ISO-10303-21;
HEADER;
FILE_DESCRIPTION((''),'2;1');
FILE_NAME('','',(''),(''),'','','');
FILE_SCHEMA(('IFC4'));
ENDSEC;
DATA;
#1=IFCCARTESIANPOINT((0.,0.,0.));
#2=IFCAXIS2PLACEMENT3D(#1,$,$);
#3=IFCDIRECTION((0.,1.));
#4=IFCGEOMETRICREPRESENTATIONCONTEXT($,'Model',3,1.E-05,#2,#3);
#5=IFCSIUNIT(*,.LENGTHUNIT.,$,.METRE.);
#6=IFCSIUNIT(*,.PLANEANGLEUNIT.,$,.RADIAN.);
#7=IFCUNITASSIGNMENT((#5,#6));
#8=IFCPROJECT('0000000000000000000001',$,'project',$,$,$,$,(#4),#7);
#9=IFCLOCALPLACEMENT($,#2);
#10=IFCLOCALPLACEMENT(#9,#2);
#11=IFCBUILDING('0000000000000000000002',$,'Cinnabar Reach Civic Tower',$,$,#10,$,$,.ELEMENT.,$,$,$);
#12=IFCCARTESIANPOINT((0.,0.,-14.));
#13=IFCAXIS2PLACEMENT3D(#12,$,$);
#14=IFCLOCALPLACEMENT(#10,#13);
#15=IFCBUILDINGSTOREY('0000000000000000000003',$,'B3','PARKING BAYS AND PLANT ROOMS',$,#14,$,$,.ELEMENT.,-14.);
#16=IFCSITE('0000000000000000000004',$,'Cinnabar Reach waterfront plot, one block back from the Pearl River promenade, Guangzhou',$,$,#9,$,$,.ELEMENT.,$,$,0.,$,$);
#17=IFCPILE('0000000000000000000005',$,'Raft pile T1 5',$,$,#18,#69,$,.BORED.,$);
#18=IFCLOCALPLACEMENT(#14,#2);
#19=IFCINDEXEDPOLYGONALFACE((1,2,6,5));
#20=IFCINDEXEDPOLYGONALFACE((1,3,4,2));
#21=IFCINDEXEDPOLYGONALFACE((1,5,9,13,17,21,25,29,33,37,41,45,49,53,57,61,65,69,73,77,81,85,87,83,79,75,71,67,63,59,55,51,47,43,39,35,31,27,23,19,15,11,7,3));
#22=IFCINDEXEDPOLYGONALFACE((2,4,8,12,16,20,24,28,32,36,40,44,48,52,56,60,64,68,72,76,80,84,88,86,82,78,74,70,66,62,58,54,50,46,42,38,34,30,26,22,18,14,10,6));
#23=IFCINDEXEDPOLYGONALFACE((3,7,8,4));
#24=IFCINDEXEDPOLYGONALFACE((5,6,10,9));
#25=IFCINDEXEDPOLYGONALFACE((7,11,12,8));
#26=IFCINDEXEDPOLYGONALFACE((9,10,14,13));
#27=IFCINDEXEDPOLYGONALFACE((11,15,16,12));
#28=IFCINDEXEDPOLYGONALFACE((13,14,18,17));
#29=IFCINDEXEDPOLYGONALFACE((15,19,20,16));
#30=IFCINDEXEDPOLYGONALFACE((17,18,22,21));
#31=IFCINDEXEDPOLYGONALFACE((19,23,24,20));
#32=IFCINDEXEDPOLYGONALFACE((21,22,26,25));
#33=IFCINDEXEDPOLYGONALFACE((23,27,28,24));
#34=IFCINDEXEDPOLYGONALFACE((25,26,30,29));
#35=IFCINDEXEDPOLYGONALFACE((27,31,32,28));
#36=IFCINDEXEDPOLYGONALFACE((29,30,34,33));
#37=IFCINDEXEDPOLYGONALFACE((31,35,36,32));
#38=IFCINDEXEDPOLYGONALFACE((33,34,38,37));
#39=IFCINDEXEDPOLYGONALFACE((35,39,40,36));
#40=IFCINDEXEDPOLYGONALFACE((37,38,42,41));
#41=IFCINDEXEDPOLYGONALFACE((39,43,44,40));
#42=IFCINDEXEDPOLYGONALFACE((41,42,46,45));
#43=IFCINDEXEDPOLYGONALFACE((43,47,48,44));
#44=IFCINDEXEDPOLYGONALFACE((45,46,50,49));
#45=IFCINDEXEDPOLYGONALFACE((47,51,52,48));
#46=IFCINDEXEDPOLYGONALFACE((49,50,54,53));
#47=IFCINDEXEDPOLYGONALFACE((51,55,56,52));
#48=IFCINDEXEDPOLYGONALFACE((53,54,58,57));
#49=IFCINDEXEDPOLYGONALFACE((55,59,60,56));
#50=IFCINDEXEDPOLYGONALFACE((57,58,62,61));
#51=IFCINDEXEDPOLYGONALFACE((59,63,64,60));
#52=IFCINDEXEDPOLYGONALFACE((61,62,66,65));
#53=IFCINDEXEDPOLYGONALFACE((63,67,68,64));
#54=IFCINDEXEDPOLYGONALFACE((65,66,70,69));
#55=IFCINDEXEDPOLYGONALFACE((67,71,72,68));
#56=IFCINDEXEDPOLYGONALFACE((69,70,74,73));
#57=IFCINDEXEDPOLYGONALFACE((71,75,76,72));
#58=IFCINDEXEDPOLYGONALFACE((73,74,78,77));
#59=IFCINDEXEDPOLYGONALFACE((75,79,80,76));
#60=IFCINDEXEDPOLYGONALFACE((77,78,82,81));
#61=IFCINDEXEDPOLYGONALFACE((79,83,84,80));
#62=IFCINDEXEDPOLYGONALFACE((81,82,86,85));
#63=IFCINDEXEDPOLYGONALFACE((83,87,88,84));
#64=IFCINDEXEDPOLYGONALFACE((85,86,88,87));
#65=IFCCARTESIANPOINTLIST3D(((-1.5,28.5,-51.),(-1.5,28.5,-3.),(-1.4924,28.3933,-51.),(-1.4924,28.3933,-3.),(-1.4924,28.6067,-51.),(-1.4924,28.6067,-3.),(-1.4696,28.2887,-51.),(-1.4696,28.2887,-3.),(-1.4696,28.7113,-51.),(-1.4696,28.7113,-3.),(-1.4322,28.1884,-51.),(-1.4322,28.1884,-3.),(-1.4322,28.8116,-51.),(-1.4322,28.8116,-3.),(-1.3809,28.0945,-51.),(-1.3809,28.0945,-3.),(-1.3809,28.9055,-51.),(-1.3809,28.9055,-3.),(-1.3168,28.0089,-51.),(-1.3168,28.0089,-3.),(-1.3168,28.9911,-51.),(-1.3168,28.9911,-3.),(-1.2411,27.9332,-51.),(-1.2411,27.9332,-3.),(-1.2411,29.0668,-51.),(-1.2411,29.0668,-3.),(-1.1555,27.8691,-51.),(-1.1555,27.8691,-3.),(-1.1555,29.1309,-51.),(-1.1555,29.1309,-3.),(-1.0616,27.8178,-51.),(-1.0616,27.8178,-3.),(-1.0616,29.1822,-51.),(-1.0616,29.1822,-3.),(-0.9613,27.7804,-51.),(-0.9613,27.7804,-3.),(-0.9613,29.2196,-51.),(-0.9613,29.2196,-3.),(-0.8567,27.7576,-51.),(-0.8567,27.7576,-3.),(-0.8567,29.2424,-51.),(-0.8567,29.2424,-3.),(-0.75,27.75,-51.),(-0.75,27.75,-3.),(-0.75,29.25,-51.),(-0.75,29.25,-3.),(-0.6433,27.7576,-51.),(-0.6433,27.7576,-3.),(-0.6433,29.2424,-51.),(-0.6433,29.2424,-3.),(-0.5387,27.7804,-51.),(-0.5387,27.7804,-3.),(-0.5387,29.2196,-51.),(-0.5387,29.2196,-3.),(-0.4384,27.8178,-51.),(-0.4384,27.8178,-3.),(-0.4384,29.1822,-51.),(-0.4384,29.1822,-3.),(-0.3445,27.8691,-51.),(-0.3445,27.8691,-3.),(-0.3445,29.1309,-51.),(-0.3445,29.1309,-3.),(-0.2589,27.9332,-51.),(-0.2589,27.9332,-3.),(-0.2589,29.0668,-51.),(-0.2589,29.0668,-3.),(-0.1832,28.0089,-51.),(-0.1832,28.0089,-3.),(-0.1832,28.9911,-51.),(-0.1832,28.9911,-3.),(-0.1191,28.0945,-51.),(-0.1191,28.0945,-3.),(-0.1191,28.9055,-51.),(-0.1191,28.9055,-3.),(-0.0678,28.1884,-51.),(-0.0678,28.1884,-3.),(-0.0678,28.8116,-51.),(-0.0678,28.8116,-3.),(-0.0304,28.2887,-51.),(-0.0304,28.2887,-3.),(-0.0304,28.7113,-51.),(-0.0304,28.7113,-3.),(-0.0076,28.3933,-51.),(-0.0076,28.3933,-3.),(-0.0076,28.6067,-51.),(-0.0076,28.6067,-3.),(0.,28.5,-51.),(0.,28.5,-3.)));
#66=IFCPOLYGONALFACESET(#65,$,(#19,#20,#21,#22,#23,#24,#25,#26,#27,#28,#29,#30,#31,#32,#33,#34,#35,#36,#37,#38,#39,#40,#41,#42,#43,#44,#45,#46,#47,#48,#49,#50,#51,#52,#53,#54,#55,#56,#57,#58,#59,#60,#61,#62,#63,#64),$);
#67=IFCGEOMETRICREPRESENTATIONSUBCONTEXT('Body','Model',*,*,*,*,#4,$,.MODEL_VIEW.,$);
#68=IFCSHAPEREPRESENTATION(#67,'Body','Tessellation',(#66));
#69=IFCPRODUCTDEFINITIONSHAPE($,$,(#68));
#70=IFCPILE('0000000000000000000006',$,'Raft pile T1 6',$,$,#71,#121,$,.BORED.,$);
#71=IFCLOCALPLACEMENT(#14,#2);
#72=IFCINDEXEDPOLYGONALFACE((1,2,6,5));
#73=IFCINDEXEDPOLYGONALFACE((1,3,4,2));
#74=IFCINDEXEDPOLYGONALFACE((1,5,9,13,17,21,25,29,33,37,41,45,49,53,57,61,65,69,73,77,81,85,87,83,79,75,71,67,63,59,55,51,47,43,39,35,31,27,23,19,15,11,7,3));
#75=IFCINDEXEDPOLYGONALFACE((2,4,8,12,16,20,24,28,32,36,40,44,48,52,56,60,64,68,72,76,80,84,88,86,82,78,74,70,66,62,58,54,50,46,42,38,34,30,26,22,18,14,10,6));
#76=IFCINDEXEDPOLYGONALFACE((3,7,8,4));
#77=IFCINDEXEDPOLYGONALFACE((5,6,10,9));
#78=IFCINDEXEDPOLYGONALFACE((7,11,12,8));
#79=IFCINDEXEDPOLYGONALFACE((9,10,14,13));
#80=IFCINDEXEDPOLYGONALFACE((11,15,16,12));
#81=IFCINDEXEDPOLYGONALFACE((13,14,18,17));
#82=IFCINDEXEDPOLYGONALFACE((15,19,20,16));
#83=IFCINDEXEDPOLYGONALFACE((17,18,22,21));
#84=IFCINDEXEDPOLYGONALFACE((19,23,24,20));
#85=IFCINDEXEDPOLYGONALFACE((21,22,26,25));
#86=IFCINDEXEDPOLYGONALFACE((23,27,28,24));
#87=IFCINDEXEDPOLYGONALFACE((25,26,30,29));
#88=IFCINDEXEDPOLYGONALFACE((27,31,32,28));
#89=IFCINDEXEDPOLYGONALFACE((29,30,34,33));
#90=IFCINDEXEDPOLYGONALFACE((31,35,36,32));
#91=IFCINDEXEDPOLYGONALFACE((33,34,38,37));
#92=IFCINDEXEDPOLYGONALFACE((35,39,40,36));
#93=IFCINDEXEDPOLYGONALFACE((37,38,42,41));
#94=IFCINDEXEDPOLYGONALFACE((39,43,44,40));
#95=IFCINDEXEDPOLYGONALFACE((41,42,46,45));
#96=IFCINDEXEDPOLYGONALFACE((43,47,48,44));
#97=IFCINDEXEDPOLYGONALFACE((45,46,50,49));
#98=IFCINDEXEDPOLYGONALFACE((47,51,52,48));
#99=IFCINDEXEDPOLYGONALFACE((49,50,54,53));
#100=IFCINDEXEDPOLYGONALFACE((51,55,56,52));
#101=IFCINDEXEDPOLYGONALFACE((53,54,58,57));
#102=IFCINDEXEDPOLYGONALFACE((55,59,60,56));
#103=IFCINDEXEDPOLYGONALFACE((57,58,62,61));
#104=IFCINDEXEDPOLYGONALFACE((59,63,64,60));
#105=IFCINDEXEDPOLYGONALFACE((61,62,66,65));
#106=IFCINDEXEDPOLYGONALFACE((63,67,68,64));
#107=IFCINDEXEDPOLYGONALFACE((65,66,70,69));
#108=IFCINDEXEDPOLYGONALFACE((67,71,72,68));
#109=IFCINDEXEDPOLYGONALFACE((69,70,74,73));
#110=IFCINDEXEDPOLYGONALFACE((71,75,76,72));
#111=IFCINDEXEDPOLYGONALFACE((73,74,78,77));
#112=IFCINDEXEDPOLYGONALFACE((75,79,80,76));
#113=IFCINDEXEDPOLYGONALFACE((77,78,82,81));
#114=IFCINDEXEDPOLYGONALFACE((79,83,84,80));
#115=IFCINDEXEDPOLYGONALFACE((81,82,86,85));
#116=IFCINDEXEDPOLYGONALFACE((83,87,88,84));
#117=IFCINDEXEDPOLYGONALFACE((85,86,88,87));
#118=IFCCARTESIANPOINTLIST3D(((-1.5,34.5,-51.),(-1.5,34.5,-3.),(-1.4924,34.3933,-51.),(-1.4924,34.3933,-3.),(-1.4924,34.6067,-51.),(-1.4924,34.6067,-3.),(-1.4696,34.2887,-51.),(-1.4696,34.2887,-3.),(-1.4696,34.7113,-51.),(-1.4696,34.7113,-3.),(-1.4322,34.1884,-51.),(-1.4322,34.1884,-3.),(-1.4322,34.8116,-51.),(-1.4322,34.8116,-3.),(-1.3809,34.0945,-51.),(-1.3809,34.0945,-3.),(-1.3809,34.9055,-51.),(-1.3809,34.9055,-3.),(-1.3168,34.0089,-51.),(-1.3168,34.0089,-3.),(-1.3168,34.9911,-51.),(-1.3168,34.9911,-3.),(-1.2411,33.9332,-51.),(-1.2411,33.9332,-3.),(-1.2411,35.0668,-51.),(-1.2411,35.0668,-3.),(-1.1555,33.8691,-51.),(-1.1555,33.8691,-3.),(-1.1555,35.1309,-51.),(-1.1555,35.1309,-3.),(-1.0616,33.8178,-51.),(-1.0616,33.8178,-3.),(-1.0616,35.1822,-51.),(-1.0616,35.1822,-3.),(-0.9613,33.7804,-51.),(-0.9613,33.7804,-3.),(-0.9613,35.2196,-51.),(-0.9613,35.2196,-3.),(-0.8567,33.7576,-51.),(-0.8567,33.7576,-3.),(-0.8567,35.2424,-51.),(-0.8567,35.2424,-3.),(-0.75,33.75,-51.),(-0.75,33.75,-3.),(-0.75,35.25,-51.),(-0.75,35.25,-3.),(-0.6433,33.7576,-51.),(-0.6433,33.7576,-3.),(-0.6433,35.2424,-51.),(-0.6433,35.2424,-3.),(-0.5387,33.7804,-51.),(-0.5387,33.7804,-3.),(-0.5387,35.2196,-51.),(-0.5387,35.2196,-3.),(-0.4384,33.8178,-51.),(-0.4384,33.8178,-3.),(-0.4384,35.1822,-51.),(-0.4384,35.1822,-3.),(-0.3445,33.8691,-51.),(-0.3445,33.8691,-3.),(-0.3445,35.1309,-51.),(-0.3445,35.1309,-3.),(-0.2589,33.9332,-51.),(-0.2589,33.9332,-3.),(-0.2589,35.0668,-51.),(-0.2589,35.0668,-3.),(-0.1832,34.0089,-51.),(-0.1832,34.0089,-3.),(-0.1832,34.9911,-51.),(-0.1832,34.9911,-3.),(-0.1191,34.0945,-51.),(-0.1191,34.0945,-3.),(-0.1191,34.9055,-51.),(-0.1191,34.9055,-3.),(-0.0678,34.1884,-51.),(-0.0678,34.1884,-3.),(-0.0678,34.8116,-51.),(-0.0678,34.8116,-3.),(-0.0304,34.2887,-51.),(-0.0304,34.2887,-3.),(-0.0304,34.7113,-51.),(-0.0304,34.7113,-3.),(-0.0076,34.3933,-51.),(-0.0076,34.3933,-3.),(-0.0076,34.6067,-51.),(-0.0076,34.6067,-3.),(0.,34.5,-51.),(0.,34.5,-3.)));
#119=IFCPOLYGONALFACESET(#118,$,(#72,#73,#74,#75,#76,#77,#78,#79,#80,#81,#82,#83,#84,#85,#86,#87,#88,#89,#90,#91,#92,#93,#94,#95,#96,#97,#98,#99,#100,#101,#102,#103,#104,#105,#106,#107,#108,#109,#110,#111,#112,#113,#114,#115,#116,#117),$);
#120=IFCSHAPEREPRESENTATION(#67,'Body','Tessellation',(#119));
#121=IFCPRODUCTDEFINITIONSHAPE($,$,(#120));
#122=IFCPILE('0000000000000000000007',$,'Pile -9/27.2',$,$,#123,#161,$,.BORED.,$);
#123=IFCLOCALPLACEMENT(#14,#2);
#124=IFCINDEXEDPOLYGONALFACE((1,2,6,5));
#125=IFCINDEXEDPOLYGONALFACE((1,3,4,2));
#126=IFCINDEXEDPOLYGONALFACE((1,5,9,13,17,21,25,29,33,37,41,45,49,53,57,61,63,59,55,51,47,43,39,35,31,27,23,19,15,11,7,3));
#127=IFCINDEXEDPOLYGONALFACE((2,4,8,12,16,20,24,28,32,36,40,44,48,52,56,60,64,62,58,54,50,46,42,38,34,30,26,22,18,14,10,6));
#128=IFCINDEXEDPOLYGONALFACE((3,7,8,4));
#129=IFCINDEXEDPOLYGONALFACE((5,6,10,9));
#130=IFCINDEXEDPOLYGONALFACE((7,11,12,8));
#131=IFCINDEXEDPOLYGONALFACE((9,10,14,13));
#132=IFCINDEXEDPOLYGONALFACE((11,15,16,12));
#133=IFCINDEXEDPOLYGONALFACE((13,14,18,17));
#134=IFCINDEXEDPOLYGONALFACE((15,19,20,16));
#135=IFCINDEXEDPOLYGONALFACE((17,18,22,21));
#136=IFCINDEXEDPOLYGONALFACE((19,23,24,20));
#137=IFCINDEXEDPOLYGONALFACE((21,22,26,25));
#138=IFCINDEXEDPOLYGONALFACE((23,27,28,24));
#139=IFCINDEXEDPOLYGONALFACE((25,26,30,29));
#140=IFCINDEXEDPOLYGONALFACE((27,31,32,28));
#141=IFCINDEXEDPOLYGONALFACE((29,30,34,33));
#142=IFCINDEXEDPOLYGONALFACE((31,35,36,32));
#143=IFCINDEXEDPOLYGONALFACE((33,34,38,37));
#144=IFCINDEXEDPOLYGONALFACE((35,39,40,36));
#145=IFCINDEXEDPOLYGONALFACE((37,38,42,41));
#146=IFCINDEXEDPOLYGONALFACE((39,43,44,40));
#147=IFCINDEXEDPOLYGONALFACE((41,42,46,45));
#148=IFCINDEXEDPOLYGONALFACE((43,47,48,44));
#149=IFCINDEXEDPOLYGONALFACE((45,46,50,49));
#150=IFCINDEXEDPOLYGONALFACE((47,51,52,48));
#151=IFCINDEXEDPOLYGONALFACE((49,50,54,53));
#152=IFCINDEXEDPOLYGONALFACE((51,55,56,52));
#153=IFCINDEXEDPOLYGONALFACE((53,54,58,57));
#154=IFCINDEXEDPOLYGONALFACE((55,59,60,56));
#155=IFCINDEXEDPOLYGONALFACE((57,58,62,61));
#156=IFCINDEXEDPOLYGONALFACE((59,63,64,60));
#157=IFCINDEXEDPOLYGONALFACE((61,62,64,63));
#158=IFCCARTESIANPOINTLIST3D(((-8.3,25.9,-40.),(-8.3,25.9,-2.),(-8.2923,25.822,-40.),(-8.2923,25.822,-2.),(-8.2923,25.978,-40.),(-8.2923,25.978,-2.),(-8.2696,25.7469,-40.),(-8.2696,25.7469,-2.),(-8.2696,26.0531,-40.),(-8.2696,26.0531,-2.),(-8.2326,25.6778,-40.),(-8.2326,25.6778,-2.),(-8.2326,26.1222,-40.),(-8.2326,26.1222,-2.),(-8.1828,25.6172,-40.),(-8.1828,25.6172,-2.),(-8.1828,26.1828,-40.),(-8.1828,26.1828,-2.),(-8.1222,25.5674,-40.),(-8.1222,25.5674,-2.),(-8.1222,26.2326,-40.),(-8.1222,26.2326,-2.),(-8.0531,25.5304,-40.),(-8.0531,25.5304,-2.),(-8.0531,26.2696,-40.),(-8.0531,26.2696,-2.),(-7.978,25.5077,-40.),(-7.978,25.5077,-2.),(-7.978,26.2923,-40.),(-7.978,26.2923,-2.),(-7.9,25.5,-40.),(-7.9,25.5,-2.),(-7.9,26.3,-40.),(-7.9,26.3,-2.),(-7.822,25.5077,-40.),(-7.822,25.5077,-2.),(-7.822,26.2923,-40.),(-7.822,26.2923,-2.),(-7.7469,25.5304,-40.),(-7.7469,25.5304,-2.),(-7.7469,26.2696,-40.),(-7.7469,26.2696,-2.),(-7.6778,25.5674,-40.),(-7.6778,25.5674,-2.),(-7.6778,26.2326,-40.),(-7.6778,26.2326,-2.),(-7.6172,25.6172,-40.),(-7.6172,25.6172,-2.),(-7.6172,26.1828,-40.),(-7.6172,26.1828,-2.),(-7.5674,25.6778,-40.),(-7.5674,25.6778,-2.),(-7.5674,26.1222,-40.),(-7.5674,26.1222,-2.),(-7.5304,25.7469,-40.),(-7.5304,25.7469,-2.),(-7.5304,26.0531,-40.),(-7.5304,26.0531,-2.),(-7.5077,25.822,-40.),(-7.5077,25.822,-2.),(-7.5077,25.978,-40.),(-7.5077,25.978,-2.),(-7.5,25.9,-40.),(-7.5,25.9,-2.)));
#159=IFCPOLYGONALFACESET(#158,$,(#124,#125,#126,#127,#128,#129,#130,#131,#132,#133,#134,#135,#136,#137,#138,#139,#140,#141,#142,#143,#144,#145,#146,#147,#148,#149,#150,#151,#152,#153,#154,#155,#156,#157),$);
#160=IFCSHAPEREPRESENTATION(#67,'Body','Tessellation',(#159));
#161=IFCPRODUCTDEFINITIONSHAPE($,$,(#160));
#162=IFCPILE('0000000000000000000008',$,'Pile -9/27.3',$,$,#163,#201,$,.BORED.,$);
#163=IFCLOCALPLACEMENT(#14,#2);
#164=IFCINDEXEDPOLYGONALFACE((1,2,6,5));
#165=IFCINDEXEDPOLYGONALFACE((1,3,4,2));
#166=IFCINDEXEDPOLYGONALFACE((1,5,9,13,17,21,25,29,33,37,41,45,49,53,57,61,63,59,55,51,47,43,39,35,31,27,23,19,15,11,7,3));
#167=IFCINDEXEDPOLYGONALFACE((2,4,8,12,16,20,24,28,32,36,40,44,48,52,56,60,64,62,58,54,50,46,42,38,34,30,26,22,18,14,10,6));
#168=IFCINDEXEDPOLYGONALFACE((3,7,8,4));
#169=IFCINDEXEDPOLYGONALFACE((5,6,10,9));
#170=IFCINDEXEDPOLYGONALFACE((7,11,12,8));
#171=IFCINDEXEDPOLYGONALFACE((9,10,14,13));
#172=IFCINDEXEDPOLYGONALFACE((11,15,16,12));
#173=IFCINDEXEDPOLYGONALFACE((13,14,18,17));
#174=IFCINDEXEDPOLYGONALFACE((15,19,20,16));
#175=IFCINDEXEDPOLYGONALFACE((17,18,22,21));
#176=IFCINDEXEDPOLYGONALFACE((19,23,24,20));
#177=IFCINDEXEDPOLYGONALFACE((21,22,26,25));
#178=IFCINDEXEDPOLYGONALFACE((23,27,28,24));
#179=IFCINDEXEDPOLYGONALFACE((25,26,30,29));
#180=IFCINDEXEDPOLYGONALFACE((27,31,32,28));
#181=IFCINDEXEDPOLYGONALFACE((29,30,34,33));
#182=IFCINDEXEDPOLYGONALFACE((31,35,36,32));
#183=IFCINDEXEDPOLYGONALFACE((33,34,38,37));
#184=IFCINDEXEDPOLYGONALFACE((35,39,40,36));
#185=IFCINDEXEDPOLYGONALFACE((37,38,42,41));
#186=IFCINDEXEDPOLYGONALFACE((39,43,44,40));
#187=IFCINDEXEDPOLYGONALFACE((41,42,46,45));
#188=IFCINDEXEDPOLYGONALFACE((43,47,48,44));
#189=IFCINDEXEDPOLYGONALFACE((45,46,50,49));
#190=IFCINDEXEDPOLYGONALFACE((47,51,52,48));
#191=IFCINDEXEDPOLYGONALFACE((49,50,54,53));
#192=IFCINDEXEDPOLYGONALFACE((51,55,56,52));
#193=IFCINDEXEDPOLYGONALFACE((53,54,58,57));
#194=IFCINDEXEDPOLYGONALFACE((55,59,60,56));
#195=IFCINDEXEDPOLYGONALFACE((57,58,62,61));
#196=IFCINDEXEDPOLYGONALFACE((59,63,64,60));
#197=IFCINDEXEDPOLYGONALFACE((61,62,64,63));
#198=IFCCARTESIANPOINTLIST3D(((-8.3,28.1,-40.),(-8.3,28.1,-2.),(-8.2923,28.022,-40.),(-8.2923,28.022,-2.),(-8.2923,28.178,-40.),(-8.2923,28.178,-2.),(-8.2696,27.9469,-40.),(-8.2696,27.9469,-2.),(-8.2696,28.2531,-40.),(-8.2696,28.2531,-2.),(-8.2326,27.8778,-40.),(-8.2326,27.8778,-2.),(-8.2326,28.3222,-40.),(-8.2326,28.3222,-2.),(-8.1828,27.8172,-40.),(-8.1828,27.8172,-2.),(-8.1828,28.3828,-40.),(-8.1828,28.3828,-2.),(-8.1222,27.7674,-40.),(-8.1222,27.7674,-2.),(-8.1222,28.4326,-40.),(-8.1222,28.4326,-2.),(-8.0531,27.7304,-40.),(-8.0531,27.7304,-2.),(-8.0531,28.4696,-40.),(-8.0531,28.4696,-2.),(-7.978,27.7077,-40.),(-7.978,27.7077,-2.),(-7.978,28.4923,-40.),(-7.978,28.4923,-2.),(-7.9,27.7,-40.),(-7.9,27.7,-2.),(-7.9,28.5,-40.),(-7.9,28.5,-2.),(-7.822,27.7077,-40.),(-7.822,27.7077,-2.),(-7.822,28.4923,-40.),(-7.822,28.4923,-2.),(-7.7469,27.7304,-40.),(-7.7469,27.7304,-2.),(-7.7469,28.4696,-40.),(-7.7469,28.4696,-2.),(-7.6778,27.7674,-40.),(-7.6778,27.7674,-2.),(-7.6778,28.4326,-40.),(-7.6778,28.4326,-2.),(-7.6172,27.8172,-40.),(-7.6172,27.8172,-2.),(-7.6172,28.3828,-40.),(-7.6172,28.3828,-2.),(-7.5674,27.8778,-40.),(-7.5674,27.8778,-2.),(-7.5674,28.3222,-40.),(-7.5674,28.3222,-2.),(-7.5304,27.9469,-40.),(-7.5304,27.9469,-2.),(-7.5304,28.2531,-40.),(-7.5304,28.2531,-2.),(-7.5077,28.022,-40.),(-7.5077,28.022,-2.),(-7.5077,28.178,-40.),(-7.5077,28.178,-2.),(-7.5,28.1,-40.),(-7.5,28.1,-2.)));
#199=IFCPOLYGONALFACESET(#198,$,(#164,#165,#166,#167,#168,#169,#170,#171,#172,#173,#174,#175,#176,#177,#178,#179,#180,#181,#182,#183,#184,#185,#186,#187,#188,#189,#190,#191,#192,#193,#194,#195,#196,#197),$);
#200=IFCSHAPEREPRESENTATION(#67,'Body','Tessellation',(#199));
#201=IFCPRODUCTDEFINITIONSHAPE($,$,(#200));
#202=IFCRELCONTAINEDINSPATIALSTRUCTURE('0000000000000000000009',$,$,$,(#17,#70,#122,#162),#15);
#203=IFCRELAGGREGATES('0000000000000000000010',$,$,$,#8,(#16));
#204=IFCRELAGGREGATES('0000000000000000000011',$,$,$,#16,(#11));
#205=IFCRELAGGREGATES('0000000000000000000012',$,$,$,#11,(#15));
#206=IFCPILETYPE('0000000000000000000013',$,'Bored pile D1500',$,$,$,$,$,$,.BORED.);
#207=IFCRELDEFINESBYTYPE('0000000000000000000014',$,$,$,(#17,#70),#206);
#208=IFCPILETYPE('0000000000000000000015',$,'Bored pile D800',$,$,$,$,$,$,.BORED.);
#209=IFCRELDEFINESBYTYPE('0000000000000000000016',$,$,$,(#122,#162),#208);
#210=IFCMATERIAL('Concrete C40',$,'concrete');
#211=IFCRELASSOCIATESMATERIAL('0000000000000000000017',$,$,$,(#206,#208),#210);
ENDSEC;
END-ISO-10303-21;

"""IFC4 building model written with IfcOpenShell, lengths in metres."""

from ifc_helpers import new_model, si_unit, direction, frame, origin, origin_2d, place, context, subcontext, project, spatial, circle, extrude, material, type_object, element, save


model = new_model("IFC4")

# Units and contexts
model_context = context("Model", 3, precision=1e-05, world=origin(), true_north=direction((0.0, 1.0)))
body_context = subcontext(model_context, "Body", "Model", "MODEL_VIEW")
ifc_project = project(units=[si_unit("LENGTHUNIT", "METRE"), si_unit("PLANEANGLEUNIT", "RADIAN")], contexts=[model_context])

# Site, building, storey
site_placement = place(None, origin())
site = spatial("IfcSite", under=ifc_project, at=site_placement, Name="Cinnabar Reach waterfront plot, one block back from the Pearl River promenade, Guangzhou", CompositionType="ELEMENT", RefElevation=0.0)
building_placement = place(site_placement, origin())
building = spatial("IfcBuilding", under=site, at=building_placement, Name="Cinnabar Reach Civic Tower", CompositionType="ELEMENT")
storey_placement = place(building_placement, frame((0.0, 0.0, -14.0)))
storey = spatial("IfcBuildingStorey", under=building, at=storey_placement, Name="B3", Description="PARKING BAYS AND PLANT ROOMS", CompositionType="ELEMENT", Elevation=-14.0)

# Piles
ifc_material_1 = material(Name="Concrete C40", Category="concrete")
pile_type_1 = type_object("IfcPileType", Name="Bored pile D1500", PredefinedType="BORED", material=ifc_material_1)
for number, where, z_axis, x_axis, name in (
    (1, (-0.75, 28.5, -3.0), (0.0, 0.0, -1.0), (1.0, 0.0, 0.0), "Raft pile T1 5"),
    (2, (-0.75, 34.5, -3.0), (0.0, 0.0, -1.0), (1.0, 0.0, 0.0), "Raft pile T1 6"),
):
    element("IfcPile", number, at=place(storey_placement, frame(where, z_axis=z_axis, x_axis=x_axis)), inside=storey, type_object=pile_type_1, Name=name, PredefinedType="BORED", context=body_context, shape_type="SweptSolid", body=[
        extrude(circle(Radius=0.75, at=origin_2d()), origin(), (0.0, 0.0, 1.0), 48.0),
    ])
pile_type_2 = type_object("IfcPileType", Name="Bored pile D800", PredefinedType="BORED", material=ifc_material_1)
for number, where, z_axis, x_axis, name in (
    (3, (-7.9, 25.9, -2.0), (0.0, 0.0, -1.0), (1.0, 0.0, 0.0), "Pile -9/27.2"),
    (4, (-7.9, 28.1, -2.0), (0.0, 0.0, -1.0), (1.0, 0.0, 0.0), "Pile -9/27.3"),
):
    element("IfcPile", number, at=place(storey_placement, frame(where, z_axis=z_axis, x_axis=x_axis)), inside=storey, type_object=pile_type_2, Name=name, PredefinedType="BORED", context=body_context, shape_type="SweptSolid", body=[
        extrude(circle(Radius=0.4, at=origin_2d()), origin(), (0.0, 0.0, 1.0), 38.0),
    ])

save(model, "model.ifc")
